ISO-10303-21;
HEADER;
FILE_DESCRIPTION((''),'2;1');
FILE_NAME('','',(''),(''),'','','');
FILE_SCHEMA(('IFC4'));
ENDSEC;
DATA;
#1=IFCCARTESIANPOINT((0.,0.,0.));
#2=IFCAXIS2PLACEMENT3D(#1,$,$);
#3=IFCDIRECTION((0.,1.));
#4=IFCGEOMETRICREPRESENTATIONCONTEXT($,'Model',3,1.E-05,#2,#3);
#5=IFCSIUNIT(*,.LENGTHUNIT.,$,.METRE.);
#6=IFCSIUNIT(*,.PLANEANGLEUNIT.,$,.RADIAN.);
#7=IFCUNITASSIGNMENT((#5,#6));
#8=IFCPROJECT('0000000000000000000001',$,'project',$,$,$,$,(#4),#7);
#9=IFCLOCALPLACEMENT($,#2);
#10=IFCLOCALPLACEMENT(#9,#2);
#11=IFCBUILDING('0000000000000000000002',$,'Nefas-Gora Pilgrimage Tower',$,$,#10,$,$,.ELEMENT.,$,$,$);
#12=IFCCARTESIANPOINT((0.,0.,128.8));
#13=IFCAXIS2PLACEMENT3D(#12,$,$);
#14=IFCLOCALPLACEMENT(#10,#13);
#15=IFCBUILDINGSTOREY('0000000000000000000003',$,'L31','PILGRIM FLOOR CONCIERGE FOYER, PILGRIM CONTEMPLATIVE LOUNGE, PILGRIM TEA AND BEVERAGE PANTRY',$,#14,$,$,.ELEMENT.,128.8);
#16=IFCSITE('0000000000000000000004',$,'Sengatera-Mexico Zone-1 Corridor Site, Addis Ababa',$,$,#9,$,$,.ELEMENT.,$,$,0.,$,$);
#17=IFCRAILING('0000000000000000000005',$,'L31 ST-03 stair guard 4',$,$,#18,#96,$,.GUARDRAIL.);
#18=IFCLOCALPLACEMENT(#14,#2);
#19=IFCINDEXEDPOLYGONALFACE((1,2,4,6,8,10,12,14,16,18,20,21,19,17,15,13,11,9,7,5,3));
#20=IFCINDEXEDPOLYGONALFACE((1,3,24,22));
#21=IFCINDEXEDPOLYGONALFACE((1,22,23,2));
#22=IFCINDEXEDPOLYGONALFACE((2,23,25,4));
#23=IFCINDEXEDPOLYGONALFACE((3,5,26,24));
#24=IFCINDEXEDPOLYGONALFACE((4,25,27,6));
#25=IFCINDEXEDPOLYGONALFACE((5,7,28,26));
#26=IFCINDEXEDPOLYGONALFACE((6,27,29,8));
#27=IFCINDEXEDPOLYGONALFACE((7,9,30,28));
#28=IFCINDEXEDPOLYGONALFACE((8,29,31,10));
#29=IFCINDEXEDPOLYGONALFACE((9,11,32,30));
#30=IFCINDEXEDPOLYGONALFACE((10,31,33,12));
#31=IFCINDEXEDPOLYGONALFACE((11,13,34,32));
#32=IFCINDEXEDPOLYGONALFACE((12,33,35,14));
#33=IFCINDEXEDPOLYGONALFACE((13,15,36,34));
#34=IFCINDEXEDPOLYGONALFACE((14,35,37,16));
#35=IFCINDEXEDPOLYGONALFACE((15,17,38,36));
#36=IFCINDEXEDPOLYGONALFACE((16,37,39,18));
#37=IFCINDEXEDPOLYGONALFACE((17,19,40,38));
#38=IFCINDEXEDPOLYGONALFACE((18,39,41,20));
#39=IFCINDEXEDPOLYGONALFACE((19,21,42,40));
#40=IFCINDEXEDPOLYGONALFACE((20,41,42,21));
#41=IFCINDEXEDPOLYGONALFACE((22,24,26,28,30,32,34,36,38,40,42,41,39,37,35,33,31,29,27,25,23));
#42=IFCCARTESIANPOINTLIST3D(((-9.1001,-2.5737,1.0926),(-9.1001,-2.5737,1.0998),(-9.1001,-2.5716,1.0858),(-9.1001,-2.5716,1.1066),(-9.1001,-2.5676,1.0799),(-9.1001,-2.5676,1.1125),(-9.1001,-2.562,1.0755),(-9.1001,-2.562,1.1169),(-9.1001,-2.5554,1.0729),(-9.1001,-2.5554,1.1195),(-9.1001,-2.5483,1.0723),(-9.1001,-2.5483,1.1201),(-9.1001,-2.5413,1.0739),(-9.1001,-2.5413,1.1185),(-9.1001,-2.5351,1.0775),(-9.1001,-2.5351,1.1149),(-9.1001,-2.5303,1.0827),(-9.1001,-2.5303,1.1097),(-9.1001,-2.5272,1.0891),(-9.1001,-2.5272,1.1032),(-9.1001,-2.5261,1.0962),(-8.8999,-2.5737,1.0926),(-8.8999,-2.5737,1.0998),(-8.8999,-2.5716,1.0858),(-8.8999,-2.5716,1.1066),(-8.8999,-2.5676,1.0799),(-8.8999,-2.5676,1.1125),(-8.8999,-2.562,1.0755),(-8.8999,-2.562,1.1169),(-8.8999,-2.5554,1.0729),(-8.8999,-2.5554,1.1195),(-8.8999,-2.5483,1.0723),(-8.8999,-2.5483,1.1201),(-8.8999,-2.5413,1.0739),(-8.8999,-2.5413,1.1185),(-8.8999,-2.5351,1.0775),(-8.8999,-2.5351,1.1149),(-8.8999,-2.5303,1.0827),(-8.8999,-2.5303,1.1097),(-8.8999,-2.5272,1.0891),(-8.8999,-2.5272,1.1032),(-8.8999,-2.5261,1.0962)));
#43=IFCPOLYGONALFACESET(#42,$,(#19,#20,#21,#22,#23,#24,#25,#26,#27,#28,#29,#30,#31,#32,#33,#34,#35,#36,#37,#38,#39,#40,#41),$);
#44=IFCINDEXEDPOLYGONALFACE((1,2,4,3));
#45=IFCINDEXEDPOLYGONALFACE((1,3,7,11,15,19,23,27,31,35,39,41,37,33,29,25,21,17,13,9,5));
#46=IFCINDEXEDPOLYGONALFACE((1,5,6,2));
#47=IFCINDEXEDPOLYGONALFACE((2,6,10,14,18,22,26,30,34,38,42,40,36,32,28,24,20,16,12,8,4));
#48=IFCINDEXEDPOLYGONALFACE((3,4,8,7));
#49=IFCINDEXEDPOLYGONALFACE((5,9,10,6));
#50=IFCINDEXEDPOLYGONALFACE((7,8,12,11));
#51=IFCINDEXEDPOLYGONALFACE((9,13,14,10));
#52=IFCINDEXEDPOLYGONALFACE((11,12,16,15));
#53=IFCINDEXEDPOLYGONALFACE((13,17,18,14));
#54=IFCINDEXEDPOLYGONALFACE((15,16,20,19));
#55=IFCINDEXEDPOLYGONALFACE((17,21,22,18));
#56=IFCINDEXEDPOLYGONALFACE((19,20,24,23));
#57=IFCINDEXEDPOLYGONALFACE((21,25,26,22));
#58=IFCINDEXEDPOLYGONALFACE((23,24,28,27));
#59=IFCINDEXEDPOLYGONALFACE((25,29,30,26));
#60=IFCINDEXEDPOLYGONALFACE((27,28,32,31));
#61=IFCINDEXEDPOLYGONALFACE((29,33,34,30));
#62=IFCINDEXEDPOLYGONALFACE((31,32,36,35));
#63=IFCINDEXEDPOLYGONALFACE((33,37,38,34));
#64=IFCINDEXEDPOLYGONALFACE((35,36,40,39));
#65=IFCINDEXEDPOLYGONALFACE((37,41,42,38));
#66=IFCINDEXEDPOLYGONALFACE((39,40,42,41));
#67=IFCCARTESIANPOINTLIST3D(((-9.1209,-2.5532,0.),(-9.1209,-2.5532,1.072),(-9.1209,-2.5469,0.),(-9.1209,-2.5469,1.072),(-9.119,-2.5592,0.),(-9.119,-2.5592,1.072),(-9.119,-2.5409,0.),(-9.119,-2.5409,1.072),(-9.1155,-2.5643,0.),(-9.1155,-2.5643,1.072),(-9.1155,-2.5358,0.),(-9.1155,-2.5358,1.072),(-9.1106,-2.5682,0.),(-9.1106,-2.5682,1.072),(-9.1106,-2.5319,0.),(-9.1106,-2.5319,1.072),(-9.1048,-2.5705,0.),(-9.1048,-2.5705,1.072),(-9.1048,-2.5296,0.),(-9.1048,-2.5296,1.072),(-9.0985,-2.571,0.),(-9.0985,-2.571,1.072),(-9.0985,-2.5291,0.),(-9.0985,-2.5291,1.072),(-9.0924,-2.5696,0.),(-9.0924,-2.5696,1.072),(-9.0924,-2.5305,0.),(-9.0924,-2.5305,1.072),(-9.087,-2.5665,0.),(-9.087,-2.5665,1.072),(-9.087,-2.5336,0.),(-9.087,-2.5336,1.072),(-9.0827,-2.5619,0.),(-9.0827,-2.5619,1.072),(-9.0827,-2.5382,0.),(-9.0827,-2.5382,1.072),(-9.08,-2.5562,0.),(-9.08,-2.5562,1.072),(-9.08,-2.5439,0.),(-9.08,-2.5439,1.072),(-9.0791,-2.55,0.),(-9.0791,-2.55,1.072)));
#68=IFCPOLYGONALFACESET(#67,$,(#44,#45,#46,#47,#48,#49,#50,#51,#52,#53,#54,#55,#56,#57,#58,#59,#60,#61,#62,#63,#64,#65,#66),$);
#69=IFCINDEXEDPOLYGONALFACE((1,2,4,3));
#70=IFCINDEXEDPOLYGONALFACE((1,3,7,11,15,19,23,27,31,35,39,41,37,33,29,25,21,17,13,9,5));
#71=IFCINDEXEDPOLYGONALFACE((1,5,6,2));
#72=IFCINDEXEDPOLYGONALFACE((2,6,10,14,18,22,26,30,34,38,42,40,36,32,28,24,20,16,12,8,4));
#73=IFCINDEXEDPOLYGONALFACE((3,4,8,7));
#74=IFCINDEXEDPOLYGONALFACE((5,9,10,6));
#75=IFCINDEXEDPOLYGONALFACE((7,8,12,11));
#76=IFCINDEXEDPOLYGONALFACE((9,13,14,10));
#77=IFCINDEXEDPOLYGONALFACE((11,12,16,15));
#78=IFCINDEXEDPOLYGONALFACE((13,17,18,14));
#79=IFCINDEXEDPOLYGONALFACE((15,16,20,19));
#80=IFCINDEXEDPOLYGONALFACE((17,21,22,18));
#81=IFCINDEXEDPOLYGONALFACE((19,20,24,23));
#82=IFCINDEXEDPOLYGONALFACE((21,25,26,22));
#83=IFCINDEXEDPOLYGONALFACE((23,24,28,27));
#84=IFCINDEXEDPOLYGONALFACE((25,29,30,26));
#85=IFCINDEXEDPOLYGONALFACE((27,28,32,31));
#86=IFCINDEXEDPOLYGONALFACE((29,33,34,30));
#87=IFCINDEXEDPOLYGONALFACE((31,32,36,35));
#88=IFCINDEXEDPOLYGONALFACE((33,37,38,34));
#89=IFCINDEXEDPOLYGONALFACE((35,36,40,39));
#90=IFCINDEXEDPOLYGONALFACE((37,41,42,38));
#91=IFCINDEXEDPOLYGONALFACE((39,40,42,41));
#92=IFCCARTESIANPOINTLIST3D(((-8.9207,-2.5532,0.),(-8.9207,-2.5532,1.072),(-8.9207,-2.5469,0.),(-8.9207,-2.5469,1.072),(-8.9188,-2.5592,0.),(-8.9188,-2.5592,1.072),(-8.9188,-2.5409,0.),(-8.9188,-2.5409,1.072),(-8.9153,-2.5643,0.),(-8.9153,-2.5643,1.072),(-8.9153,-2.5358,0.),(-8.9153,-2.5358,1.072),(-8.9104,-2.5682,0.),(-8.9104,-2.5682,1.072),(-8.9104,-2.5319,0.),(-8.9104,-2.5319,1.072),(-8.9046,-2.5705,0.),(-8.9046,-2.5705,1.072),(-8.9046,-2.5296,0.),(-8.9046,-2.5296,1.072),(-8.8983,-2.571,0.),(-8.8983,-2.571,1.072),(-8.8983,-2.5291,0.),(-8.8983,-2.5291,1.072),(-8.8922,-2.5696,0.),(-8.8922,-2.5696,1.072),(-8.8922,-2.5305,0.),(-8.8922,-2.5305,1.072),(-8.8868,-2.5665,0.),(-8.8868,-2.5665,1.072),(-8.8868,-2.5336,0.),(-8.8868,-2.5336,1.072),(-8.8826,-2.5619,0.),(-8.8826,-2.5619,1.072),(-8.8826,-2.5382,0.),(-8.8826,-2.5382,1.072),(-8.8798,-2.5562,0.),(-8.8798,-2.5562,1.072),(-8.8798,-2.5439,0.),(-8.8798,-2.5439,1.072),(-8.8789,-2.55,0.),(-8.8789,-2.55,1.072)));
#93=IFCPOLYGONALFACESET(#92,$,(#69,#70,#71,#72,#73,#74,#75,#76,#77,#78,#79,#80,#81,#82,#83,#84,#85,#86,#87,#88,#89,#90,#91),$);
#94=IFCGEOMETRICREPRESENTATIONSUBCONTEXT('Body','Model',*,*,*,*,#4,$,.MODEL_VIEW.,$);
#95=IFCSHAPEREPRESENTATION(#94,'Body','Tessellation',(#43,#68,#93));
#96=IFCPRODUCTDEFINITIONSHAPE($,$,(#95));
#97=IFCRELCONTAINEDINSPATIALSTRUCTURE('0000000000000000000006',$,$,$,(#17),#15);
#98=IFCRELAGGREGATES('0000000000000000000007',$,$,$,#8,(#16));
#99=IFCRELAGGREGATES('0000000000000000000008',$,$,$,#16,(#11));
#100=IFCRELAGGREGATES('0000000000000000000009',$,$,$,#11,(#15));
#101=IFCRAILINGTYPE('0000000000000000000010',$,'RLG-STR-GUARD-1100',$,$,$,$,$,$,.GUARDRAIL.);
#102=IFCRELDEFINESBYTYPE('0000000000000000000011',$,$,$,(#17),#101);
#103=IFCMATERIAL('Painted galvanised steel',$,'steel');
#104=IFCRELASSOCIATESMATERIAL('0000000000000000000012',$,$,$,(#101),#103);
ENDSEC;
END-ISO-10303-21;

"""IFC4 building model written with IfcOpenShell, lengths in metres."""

from ifc_helpers import new_model, si_unit, direction, frame, origin, origin_2d, place, context, subcontext, project, spatial, circle, extrude, material, type_object, element, save


model = new_model("IFC4")

# Units and contexts
model_context = context("Model", 3, precision=1e-05, world=origin(), true_north=direction((0.0, 1.0)))
body_context = subcontext(model_context, "Body", "Model", "MODEL_VIEW")
ifc_project = project(units=[si_unit("LENGTHUNIT", "METRE"), si_unit("PLANEANGLEUNIT", "RADIAN")], contexts=[model_context])

# Site, building, storey
site_placement = place(None, origin())
site = spatial("IfcSite", under=ifc_project, at=site_placement, Name="Sengatera-Mexico Zone-1 Corridor Site, Addis Ababa", CompositionType="ELEMENT", RefElevation=0.0)
building_placement = place(site_placement, origin())
building = spatial("IfcBuilding", under=site, at=building_placement, Name="Nefas-Gora Pilgrimage Tower", CompositionType="ELEMENT")
storey_placement = place(building_placement, frame((0.0, 0.0, 128.8)))
storey = spatial("IfcBuildingStorey", under=building, at=storey_placement, Name="L31", Description="PILGRIM FLOOR CONCIERGE FOYER, PILGRIM CONTEMPLATIVE LOUNGE, PILGRIM TEA AND BEVERAGE PANTRY", CompositionType="ELEMENT", Elevation=128.8)

# Railing
ifc_material_1 = material(Name="Painted galvanised steel", Category="steel")
railing_type_1 = type_object("IfcRailingType", Name="RLG-STR-GUARD-1100", PredefinedType="GUARDRAIL", material=ifc_material_1)
railing_1_placement = place(storey_placement, frame((-9.1001, -2.55, 0.0)))
element("IfcRailing", 1, at=railing_1_placement, inside=storey, type_object=railing_type_1, Name="L31 ST-03 stair guard 4", PredefinedType="GUARDRAIL", context=body_context, shape_type="SweptSolid", body=[
    extrude(circle(Radius=0.0239, at=origin_2d()), frame((0.0, 0.0, 1.0962), z_axis=(1.0, 0.0, 0.0), x_axis=(0.0, 1.0, 0.0)), (0.0, 0.0, 1.0), 0.2002),
    extrude(circle(Radius=0.021, at=origin_2d()), origin(), (0.0, 0.0, 1.0), 1.072),
    extrude(circle(Radius=0.021, at=origin_2d()), frame((0.2002, 0.0, 0.0)), (0.0, 0.0, 1.0), 1.072),
])

save(model, "model.ifc")
